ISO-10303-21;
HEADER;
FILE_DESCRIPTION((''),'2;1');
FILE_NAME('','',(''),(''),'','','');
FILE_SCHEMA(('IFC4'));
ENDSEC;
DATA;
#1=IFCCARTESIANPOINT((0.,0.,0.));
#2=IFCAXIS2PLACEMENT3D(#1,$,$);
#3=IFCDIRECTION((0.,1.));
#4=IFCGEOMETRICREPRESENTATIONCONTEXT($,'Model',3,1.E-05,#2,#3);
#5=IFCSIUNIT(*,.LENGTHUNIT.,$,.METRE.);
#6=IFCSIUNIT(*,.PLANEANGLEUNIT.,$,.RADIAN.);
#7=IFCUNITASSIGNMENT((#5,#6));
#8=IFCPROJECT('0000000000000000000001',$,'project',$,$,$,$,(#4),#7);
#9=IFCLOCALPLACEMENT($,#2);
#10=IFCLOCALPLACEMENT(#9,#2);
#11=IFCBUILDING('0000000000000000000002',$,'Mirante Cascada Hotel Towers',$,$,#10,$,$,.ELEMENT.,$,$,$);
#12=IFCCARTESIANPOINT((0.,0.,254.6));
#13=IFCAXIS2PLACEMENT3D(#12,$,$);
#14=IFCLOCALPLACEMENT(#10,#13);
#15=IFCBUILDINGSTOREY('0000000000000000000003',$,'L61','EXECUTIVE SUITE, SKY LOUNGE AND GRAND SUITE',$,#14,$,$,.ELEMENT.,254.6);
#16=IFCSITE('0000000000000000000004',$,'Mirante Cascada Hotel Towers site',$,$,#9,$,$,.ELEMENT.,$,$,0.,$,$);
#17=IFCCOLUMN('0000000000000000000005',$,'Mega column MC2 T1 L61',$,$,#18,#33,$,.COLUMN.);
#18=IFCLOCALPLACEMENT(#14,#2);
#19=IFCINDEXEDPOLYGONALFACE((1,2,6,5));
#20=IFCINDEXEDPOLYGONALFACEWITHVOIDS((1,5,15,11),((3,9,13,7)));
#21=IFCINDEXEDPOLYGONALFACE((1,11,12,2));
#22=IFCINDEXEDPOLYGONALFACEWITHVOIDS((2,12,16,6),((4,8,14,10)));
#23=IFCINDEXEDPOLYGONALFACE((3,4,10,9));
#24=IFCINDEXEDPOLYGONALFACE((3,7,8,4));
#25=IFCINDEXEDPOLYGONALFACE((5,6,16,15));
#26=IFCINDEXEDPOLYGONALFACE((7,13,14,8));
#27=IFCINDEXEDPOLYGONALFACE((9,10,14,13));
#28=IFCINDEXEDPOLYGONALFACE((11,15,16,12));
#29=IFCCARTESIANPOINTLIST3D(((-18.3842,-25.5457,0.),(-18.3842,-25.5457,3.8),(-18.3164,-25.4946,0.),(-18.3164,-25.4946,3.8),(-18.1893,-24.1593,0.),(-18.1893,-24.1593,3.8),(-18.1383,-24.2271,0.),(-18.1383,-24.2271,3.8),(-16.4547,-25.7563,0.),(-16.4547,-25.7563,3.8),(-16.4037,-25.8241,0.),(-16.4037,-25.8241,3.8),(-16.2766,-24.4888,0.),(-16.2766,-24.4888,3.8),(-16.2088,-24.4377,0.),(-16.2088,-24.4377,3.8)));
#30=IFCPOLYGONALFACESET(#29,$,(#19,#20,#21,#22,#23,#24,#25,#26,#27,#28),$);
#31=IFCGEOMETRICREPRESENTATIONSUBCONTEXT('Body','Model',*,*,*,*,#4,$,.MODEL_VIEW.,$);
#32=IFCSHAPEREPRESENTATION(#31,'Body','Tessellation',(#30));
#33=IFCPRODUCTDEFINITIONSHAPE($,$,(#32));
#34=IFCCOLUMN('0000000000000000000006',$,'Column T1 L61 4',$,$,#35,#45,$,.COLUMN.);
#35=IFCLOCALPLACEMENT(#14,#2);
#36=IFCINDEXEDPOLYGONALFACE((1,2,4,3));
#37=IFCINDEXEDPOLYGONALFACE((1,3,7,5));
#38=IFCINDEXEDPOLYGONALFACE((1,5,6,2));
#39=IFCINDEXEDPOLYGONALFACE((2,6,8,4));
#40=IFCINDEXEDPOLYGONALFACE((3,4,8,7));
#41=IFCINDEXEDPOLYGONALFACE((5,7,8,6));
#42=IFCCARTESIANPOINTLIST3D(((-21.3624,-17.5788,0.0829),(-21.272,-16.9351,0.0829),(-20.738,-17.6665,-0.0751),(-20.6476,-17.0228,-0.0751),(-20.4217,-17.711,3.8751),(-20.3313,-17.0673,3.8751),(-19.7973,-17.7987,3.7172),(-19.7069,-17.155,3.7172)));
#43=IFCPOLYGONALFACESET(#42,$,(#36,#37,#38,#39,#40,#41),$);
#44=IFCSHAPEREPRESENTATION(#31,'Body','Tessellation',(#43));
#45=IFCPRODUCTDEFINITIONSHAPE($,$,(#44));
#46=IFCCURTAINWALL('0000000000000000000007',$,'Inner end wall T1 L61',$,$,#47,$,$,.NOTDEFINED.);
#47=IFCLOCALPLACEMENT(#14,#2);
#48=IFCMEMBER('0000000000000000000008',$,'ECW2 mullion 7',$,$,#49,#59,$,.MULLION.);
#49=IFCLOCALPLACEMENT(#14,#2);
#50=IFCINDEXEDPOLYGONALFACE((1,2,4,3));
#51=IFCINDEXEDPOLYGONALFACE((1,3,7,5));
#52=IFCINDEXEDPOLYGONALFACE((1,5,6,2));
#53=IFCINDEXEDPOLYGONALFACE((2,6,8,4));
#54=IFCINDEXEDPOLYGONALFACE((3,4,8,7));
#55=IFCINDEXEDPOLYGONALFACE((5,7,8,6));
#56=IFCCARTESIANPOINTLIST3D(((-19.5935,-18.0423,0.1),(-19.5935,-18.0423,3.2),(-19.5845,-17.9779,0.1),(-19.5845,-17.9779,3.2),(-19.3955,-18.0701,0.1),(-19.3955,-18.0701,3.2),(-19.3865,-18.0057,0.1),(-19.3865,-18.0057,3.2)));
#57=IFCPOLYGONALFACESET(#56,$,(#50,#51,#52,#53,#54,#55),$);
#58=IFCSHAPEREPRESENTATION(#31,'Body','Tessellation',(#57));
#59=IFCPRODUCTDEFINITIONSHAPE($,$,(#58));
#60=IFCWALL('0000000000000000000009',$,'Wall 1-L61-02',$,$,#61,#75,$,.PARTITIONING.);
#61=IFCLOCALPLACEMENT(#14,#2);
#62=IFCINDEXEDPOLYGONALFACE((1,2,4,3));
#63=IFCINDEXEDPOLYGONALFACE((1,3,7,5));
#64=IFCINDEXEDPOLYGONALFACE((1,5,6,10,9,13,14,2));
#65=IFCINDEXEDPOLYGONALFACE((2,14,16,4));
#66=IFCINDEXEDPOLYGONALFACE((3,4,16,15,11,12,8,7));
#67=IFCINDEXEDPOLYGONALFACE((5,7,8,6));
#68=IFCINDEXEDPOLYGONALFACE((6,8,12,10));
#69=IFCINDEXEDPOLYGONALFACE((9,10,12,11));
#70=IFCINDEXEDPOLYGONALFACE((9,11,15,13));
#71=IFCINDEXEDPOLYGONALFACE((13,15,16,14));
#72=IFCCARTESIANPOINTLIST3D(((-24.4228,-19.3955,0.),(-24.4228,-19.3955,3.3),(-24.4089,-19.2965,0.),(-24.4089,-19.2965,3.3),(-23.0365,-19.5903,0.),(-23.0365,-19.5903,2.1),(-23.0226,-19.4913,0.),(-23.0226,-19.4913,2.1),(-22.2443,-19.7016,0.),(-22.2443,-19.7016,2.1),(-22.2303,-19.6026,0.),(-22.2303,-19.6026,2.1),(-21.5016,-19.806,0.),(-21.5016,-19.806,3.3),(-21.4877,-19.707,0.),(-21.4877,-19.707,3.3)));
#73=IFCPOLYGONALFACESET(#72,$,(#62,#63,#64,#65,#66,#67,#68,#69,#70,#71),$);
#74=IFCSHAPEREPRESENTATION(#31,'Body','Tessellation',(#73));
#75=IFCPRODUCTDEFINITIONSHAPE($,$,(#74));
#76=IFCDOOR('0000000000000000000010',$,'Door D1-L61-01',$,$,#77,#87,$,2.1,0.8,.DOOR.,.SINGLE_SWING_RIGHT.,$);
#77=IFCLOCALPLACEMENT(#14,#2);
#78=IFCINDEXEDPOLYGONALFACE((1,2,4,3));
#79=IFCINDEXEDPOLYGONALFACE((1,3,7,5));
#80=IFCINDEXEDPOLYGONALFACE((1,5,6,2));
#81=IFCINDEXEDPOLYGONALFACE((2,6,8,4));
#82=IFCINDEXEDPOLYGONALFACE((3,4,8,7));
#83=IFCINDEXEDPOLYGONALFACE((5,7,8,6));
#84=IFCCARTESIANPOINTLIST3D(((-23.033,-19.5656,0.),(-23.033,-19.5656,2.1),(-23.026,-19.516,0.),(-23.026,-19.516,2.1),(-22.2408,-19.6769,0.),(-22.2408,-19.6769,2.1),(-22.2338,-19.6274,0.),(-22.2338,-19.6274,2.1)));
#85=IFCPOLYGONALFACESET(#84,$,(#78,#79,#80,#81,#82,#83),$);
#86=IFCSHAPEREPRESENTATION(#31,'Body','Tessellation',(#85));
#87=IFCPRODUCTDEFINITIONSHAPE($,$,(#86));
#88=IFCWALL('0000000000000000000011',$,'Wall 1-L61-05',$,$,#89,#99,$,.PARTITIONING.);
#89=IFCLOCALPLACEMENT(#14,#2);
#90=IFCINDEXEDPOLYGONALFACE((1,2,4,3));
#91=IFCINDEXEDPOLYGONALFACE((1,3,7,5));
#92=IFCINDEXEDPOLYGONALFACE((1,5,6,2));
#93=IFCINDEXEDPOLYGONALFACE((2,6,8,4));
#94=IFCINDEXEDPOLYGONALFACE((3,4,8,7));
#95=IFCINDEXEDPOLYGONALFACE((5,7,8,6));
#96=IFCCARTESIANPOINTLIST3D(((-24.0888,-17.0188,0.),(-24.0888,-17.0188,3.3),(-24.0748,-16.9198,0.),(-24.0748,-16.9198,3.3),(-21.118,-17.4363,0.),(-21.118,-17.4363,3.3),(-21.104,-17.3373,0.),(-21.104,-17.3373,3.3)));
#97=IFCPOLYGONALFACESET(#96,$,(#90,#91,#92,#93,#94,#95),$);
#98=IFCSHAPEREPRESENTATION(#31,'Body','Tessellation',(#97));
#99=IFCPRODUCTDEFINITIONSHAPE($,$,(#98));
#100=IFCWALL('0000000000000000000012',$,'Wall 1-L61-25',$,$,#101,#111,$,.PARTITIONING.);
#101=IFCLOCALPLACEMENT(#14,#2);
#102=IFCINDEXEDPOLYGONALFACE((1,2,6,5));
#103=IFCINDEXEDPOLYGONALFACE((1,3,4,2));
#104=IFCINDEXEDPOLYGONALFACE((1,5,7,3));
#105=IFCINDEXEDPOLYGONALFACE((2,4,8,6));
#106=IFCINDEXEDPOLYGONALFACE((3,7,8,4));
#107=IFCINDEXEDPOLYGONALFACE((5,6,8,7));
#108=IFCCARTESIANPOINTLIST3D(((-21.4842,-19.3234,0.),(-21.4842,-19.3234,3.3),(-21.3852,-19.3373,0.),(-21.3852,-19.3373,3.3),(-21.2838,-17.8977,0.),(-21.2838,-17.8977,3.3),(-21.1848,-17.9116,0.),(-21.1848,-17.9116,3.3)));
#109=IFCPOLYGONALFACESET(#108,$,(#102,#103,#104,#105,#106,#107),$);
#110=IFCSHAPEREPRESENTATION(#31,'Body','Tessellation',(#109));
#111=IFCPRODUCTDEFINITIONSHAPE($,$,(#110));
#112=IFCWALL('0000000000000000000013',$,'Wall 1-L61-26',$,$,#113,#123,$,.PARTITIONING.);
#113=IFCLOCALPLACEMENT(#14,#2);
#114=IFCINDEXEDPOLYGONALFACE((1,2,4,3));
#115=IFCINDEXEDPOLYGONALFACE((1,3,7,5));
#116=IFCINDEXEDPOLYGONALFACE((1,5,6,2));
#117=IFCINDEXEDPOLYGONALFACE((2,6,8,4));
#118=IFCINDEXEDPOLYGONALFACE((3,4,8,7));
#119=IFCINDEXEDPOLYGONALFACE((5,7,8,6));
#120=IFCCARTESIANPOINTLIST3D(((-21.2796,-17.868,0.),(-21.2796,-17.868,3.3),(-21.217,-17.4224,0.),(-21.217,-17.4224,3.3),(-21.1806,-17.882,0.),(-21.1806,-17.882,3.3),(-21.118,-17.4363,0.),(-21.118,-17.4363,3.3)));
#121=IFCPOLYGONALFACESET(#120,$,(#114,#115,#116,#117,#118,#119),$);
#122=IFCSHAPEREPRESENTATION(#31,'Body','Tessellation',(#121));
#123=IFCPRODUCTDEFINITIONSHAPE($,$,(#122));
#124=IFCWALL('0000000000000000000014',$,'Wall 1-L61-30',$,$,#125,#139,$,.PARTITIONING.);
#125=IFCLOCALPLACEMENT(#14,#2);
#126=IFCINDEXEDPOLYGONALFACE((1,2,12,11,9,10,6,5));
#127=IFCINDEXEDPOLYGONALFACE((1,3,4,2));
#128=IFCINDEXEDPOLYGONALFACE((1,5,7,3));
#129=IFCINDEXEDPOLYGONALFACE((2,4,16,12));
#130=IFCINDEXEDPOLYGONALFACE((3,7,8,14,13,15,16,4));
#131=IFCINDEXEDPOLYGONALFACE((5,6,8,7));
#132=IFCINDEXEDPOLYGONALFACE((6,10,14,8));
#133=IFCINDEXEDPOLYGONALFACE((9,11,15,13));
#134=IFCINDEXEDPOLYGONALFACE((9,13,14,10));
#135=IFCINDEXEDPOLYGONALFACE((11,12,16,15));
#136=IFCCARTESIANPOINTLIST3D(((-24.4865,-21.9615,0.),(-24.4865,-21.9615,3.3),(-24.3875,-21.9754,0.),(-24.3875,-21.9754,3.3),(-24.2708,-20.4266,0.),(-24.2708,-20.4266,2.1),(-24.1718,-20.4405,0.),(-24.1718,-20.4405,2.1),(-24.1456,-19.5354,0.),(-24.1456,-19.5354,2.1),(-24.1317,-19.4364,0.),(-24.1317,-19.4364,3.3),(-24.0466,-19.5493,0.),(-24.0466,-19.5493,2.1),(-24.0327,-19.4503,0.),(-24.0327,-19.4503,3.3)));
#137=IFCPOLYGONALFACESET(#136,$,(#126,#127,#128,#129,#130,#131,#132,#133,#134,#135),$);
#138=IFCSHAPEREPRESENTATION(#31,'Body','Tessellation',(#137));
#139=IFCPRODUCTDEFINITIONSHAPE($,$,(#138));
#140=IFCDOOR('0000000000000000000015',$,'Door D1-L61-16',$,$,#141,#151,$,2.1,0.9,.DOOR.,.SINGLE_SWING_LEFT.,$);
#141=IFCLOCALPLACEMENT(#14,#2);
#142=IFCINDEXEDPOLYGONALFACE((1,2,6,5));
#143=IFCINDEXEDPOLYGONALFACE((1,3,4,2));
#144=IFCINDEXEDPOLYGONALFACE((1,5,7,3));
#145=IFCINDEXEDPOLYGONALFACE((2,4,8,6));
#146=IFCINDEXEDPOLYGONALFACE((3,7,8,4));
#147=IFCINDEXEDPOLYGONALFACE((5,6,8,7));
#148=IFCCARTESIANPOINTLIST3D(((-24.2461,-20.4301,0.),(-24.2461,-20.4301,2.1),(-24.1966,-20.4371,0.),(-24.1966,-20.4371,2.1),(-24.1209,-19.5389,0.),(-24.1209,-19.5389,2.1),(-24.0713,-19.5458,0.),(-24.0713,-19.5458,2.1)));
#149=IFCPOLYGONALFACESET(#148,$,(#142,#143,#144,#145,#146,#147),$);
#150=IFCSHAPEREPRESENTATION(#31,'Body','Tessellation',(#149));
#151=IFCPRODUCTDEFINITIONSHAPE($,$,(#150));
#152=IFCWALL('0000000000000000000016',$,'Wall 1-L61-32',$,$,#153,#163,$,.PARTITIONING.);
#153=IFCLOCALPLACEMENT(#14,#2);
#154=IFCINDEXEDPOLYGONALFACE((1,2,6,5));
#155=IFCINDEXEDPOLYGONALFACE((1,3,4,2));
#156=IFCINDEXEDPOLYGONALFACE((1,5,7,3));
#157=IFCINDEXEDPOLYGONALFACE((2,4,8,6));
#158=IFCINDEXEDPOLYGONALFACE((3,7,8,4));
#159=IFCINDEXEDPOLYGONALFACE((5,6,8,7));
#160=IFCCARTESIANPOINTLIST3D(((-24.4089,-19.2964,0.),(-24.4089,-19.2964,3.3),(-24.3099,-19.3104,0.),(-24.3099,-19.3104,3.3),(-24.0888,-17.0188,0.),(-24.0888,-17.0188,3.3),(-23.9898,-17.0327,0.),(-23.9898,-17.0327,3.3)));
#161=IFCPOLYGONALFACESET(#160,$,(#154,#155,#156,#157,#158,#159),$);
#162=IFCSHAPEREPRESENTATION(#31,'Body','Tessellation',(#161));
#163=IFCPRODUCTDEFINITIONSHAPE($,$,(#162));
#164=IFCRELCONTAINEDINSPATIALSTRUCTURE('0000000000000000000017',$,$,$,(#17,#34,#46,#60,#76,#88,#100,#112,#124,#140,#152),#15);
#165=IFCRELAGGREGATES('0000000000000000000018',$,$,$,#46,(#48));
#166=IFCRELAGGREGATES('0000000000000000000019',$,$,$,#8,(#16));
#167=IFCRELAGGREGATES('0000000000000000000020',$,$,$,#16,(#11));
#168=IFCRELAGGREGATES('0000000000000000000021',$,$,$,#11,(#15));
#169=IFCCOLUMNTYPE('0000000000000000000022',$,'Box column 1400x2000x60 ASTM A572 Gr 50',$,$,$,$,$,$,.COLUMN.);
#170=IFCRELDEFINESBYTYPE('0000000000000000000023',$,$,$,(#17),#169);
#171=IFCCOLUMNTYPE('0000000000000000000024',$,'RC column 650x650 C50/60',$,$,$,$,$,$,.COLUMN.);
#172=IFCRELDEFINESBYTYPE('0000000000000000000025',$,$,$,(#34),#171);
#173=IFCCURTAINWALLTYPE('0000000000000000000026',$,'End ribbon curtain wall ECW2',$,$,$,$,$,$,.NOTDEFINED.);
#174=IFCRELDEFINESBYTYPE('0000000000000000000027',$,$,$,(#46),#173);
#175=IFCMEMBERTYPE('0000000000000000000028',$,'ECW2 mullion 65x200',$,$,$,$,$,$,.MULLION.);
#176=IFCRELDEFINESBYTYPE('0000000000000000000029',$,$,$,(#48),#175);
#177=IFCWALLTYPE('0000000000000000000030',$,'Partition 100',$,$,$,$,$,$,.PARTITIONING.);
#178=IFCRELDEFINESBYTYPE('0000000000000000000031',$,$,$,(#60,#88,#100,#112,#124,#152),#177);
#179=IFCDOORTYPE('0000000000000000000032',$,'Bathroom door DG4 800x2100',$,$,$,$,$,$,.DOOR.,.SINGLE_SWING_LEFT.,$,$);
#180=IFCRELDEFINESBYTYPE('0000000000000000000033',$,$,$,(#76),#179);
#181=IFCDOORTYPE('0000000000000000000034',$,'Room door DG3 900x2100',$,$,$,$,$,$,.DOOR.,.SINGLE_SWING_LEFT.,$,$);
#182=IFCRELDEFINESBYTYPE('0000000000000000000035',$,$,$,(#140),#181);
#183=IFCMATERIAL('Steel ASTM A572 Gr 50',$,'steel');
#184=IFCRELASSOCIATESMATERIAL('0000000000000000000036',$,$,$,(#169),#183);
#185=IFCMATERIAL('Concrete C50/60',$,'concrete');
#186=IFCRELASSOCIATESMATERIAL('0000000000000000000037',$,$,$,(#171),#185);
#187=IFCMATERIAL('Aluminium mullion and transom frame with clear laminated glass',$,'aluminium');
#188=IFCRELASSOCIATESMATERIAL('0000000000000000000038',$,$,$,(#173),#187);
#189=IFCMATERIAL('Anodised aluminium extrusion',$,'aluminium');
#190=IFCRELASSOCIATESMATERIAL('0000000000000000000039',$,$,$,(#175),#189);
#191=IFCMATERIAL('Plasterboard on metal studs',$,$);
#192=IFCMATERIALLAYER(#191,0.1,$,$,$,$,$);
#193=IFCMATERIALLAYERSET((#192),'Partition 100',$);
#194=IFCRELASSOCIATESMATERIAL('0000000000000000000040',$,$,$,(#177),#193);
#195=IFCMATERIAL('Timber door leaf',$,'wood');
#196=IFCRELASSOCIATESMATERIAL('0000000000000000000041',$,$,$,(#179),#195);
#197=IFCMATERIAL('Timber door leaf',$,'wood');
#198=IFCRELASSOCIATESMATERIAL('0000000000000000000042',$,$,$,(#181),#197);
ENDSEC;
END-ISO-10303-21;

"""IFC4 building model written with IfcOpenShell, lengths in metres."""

from ifc_helpers import new_model, si_unit, direction, frame, frame_2d, origin, origin_2d, place, context, subcontext, project, spatial, rectangle, hollow_rectangle, extrude, material, layer, layer_set, material_profile, profile_set, type_object, element, fill, aggregate, save


model = new_model("IFC4")

# Units and contexts
model_context = context("Model", 3, precision=1e-05, world=origin(), true_north=direction((0.0, 1.0)))
body_context = subcontext(model_context, "Body", "Model", "MODEL_VIEW")
ifc_project = project(units=[si_unit("LENGTHUNIT", "METRE"), si_unit("PLANEANGLEUNIT", "RADIAN")], contexts=[model_context])

# Site, building, storey
site_placement = place(None, origin())
site = spatial("IfcSite", under=ifc_project, at=site_placement, Name="Mirante Cascada Hotel Towers site", CompositionType="ELEMENT", RefElevation=0.0)
building_placement = place(site_placement, origin())
building = spatial("IfcBuilding", under=site, at=building_placement, Name="Mirante Cascada Hotel Towers", CompositionType="ELEMENT")
storey_placement = place(building_placement, frame((0.0, 0.0, 254.6)))
storey = spatial("IfcBuildingStorey", under=building, at=storey_placement, Name="L61", Description="EXECUTIVE SUITE, SKY LOUNGE AND GRAND SUITE", CompositionType="ELEMENT", Elevation=254.6)

# Columns
ifc_material_1 = material(Name="Steel ASTM A572 Gr 50", Category="steel")
ifc_material_profile_1 = material_profile(ifc_material_1, hollow_rectangle(XDim=2.0, YDim=1.4, WallThickness=0.06, at=origin_2d()), Name="Box column 1400x2000x60 ASTM A572 Gr 50")
ifc_profile_set_1 = profile_set([ifc_material_profile_1], Name="Steel ASTM A572 Gr 50")
column_type_1 = type_object("IfcColumnType", Name="Box column 1400x2000x60 ASTM A572 Gr 50", PredefinedType="COLUMN", material=ifc_profile_set_1)
column_1_placement = place(storey_placement, frame((-17.2965, -24.9917, 0.0), z_axis=(0.0, 0.0, 1.0), x_axis=(-0.990268, 0.139173, 0.0)))
element("IfcColumn", 1, at=column_1_placement, inside=storey, type_object=column_type_1, Name="Mega column MC2 T1 L61", PredefinedType="COLUMN", context=body_context, shape_type="SweptSolid", body=[
    extrude(hollow_rectangle(XDim=2.0, YDim=1.4, WallThickness=0.06, at=origin_2d()), origin(), (0.0, 0.0, 1.0), 3.8),
])
ifc_material_2 = material(Name="Concrete C50/60", Category="concrete")
ifc_material_profile_2 = material_profile(ifc_material_2, rectangle(XDim=0.65, YDim=0.65, at=origin_2d()), Name="RC column 650x650 C50/60")
ifc_profile_set_2 = profile_set([ifc_material_profile_2], Name="Concrete C50/60")
column_type_2 = type_object("IfcColumnType", Name="RC column 650x650 C50/60", PredefinedType="COLUMN", material=ifc_profile_set_2)
column_2_placement = place(storey_placement, frame((-21.005, -17.3008, 0.0039), z_axis=(0.240627, -0.033816, 0.970028), x_axis=(0.139166, 0.990269, 0.0)))
element("IfcColumn", 2, at=column_2_placement, inside=storey, type_object=column_type_2, Name="Column T1 L61 4", PredefinedType="COLUMN", context=body_context, shape_type="SweptSolid", body=[
    extrude(rectangle(XDim=0.65, YDim=0.65, at=origin_2d()), origin(), (0.0, 0.0, 1.0), 3.9094),
])

# Curtain wall, member
ifc_material_3 = material(Name="Aluminium mullion and transom frame with clear laminated glass", Category="aluminium")
curtain_wall_type = type_object("IfcCurtainWallType", Name="End ribbon curtain wall ECW2", PredefinedType="NOTDEFINED", material=ifc_material_3)
curtain_wall_placement = place(storey_placement, origin())
curtain_wall = element("IfcCurtainWall", 3, at=curtain_wall_placement, inside=storey, type_object=curtain_wall_type, Name="Inner end wall T1 L61", PredefinedType="NOTDEFINED")
ifc_material_4 = material(Name="Anodised aluminium extrusion", Category="aluminium")
ifc_material_profile_3 = material_profile(ifc_material_4, rectangle(XDim=0.2, YDim=0.065, at=origin_2d()), Name="ECW2 MULLION 65x200")
ifc_profile_set_3 = profile_set([ifc_material_profile_3], Name="Anodised aluminium extrusion")
member_type = type_object("IfcMemberType", Name="ECW2 mullion 65x200", PredefinedType="MULLION", material=ifc_profile_set_3)
member_placement = place(storey_placement, frame((-19.49, -18.024, 0.1), z_axis=(0.0, 0.0, 1.0), x_axis=(0.990268, -0.139173, 0.0)))
member = element("IfcMember", 4, at=member_placement, type_object=member_type, Name="ECW2 mullion 7", PredefinedType="MULLION", context=body_context, shape_type="SweptSolid", body=[
    extrude(rectangle(XDim=0.2, YDim=0.065, at=origin_2d()), origin(), (0.0, 0.0, 1.0), 3.1),
])
aggregate(curtain_wall, [member])

# Wall, opening, door
ifc_material_5 = material(Name="Plasterboard on metal studs")
ifc_layer_1 = layer(ifc_material_5, 0.1)
ifc_layer_set_1 = layer_set([ifc_layer_1], Name="Partition 100")
wall_type_1 = type_object("IfcWallType", Name="Partition 100", PredefinedType="PARTITIONING", material=ifc_layer_set_1)
wall_1_placement = place(storey_placement, frame((-21.4946, -19.7565, 0.0), z_axis=(0.0, 0.0, 1.0), x_axis=(-0.99027, 0.139157, 0.0)))
wall_1 = element("IfcWall", 5, at=wall_1_placement, inside=storey, type_object=wall_type_1, Name="Wall 1-L61-02", PredefinedType="PARTITIONING", context=body_context, shape_type="SweptSolid", body=[
    extrude(rectangle(XDim=2.9499, YDim=0.1, at=frame_2d((1.475, 0.0))), origin(), (0.0, 0.0, 1.0), 3.3),
])
opening_1_placement = place(wall_1_placement, frame((0.75, 0.0, 0.0)))
opening_1 = element("IfcOpeningElement", 6, at=opening_1_placement, cuts=wall_1, PredefinedType="OPENING", context=body_context, shape_type="SweptSolid", body=[
    extrude(rectangle(XDim=0.8, YDim=2.1, at=frame_2d((0.4, 1.05))), frame((0.0, 0.05, 0.0), z_axis=(0.0, -1.0, 0.0), x_axis=(1.0, 0.0, 0.0)), (0.0, 0.0, 1.0), 0.1),
])
ifc_material_6 = material(Name="Timber door leaf", Category="wood")
door_type_1 = type_object("IfcDoorType", Name="Bathroom door DG4 800x2100", OperationType="SINGLE_SWING_LEFT", PredefinedType="DOOR", material=ifc_material_6)
door_1_placement = place(opening_1_placement, frame((0.8, 0.0, 0.0), z_axis=(0.0, 0.0, 1.0), x_axis=(-1.0, 0.0, 0.0)))
door_1 = element("IfcDoor", 7, at=door_1_placement, inside=storey, type_object=door_type_1, Name="Door D1-L61-01", OperationType="SINGLE_SWING_RIGHT", OverallHeight=2.1, OverallWidth=0.8, PredefinedType="DOOR", context=body_context, shape_type="SweptSolid", body=[
    extrude(rectangle(XDim=0.8, YDim=2.1, at=frame_2d((0.4, 1.05))), frame((0.0, 0.025, 0.0), z_axis=(0.0, -1.0, 0.0), x_axis=(1.0, 0.0, 0.0)), (0.0, 0.0, 1.0), 0.05),
])
fill(opening_1, door_1)

# Walls
wall_2_placement = place(storey_placement, frame((-24.0818, -16.9693, 0.0), z_axis=(0.0, 0.0, 1.0), x_axis=(0.990269, -0.139167, 0.0)))
element("IfcWall", 8, at=wall_2_placement, inside=storey, type_object=wall_type_1, Name="Wall 1-L61-05", PredefinedType="PARTITIONING", context=body_context, shape_type="SweptSolid", body=[
    extrude(rectangle(XDim=3.0, YDim=0.1, at=frame_2d((1.5, 0.0))), origin(), (0.0, 0.0, 1.0), 3.3),
])
wall_3_placement = place(storey_placement, frame((-21.2343, -17.9047, 0.0), z_axis=(0.0, 0.0, 1.0), x_axis=(-0.139194, -0.990265, 0.0)))
element("IfcWall", 9, at=wall_3_placement, inside=storey, type_object=wall_type_1, Name="Wall 1-L61-25", PredefinedType="PARTITIONING", context=body_context, shape_type="SweptSolid", body=[
    extrude(rectangle(XDim=1.4397, YDim=0.1, at=frame_2d((0.7198, 0.0))), origin(), (0.0, 0.0, 1.0), 3.3),
])
wall_4_placement = place(storey_placement, frame((-21.2301, -17.875, 0.0), z_axis=(0.0, 0.0, 1.0), x_axis=(0.139119, 0.990276, 0.0)))
element("IfcWall", 10, at=wall_4_placement, inside=storey, type_object=wall_type_1, Name="Wall 1-L61-26", PredefinedType="PARTITIONING", context=body_context, shape_type="SweptSolid", body=[
    extrude(rectangle(XDim=0.45, YDim=0.1, at=frame_2d((0.225, 0.0))), origin(), (0.0, 0.0, 1.0), 3.3),
])

# Wall, opening, door
wall_5_placement = place(storey_placement, frame((-24.437, -21.9685, 0.0), z_axis=(0.0, 0.0, 1.0), x_axis=(0.139143, 0.990272, 0.0)))
wall_5 = element("IfcWall", 11, at=wall_5_placement, inside=storey, type_object=wall_type_1, Name="Wall 1-L61-30", PredefinedType="PARTITIONING", context=body_context, shape_type="SweptSolid", body=[
    extrude(rectangle(XDim=2.5499, YDim=0.1, at=frame_2d((1.275, 0.0))), origin(), (0.0, 0.0, 1.0), 3.3),
])
opening_2_placement = place(wall_5_placement, frame((1.55, 0.0, 0.0)))
opening_2 = element("IfcOpeningElement", 12, at=opening_2_placement, cuts=wall_5, PredefinedType="OPENING", context=body_context, shape_type="SweptSolid", body=[
    extrude(rectangle(XDim=0.9, YDim=2.1, at=frame_2d((0.45, 1.05))), frame((0.0, 0.05, 0.0), z_axis=(0.0, -1.0, 0.0), x_axis=(1.0, 0.0, 0.0)), (0.0, 0.0, 1.0), 0.1),
])
ifc_material_7 = material(Name="Timber door leaf", Category="wood")
door_type_2 = type_object("IfcDoorType", Name="Room door DG3 900x2100", OperationType="SINGLE_SWING_LEFT", PredefinedType="DOOR", material=ifc_material_7)
door_2_placement = place(opening_2_placement, origin())
door_2 = element("IfcDoor", 13, at=door_2_placement, inside=storey, type_object=door_type_2, Name="Door D1-L61-16", OperationType="SINGLE_SWING_LEFT", OverallHeight=2.1, OverallWidth=0.9, PredefinedType="DOOR", context=body_context, shape_type="SweptSolid", body=[
    extrude(rectangle(XDim=0.9, YDim=2.1, at=frame_2d((0.45, 1.05))), frame((0.0, 0.025, 0.0), z_axis=(0.0, -1.0, 0.0), x_axis=(1.0, 0.0, 0.0)), (0.0, 0.0, 1.0), 0.05),
])
fill(opening_2, door_2)

# Wall
wall_6_placement = place(storey_placement, frame((-24.3594, -19.3034, 0.0), z_axis=(0.0, 0.0, 1.0), x_axis=(0.139175, 0.990268, 0.0)))
element("IfcWall", 14, at=wall_6_placement, inside=storey, type_object=wall_type_1, Name="Wall 1-L61-32", PredefinedType="PARTITIONING", context=body_context, shape_type="SweptSolid", body=[
    extrude(rectangle(XDim=2.3, YDim=0.1, at=frame_2d((1.15, 0.0))), origin(), (0.0, 0.0, 1.0), 3.3),
])

save(model, "model.ifc")
